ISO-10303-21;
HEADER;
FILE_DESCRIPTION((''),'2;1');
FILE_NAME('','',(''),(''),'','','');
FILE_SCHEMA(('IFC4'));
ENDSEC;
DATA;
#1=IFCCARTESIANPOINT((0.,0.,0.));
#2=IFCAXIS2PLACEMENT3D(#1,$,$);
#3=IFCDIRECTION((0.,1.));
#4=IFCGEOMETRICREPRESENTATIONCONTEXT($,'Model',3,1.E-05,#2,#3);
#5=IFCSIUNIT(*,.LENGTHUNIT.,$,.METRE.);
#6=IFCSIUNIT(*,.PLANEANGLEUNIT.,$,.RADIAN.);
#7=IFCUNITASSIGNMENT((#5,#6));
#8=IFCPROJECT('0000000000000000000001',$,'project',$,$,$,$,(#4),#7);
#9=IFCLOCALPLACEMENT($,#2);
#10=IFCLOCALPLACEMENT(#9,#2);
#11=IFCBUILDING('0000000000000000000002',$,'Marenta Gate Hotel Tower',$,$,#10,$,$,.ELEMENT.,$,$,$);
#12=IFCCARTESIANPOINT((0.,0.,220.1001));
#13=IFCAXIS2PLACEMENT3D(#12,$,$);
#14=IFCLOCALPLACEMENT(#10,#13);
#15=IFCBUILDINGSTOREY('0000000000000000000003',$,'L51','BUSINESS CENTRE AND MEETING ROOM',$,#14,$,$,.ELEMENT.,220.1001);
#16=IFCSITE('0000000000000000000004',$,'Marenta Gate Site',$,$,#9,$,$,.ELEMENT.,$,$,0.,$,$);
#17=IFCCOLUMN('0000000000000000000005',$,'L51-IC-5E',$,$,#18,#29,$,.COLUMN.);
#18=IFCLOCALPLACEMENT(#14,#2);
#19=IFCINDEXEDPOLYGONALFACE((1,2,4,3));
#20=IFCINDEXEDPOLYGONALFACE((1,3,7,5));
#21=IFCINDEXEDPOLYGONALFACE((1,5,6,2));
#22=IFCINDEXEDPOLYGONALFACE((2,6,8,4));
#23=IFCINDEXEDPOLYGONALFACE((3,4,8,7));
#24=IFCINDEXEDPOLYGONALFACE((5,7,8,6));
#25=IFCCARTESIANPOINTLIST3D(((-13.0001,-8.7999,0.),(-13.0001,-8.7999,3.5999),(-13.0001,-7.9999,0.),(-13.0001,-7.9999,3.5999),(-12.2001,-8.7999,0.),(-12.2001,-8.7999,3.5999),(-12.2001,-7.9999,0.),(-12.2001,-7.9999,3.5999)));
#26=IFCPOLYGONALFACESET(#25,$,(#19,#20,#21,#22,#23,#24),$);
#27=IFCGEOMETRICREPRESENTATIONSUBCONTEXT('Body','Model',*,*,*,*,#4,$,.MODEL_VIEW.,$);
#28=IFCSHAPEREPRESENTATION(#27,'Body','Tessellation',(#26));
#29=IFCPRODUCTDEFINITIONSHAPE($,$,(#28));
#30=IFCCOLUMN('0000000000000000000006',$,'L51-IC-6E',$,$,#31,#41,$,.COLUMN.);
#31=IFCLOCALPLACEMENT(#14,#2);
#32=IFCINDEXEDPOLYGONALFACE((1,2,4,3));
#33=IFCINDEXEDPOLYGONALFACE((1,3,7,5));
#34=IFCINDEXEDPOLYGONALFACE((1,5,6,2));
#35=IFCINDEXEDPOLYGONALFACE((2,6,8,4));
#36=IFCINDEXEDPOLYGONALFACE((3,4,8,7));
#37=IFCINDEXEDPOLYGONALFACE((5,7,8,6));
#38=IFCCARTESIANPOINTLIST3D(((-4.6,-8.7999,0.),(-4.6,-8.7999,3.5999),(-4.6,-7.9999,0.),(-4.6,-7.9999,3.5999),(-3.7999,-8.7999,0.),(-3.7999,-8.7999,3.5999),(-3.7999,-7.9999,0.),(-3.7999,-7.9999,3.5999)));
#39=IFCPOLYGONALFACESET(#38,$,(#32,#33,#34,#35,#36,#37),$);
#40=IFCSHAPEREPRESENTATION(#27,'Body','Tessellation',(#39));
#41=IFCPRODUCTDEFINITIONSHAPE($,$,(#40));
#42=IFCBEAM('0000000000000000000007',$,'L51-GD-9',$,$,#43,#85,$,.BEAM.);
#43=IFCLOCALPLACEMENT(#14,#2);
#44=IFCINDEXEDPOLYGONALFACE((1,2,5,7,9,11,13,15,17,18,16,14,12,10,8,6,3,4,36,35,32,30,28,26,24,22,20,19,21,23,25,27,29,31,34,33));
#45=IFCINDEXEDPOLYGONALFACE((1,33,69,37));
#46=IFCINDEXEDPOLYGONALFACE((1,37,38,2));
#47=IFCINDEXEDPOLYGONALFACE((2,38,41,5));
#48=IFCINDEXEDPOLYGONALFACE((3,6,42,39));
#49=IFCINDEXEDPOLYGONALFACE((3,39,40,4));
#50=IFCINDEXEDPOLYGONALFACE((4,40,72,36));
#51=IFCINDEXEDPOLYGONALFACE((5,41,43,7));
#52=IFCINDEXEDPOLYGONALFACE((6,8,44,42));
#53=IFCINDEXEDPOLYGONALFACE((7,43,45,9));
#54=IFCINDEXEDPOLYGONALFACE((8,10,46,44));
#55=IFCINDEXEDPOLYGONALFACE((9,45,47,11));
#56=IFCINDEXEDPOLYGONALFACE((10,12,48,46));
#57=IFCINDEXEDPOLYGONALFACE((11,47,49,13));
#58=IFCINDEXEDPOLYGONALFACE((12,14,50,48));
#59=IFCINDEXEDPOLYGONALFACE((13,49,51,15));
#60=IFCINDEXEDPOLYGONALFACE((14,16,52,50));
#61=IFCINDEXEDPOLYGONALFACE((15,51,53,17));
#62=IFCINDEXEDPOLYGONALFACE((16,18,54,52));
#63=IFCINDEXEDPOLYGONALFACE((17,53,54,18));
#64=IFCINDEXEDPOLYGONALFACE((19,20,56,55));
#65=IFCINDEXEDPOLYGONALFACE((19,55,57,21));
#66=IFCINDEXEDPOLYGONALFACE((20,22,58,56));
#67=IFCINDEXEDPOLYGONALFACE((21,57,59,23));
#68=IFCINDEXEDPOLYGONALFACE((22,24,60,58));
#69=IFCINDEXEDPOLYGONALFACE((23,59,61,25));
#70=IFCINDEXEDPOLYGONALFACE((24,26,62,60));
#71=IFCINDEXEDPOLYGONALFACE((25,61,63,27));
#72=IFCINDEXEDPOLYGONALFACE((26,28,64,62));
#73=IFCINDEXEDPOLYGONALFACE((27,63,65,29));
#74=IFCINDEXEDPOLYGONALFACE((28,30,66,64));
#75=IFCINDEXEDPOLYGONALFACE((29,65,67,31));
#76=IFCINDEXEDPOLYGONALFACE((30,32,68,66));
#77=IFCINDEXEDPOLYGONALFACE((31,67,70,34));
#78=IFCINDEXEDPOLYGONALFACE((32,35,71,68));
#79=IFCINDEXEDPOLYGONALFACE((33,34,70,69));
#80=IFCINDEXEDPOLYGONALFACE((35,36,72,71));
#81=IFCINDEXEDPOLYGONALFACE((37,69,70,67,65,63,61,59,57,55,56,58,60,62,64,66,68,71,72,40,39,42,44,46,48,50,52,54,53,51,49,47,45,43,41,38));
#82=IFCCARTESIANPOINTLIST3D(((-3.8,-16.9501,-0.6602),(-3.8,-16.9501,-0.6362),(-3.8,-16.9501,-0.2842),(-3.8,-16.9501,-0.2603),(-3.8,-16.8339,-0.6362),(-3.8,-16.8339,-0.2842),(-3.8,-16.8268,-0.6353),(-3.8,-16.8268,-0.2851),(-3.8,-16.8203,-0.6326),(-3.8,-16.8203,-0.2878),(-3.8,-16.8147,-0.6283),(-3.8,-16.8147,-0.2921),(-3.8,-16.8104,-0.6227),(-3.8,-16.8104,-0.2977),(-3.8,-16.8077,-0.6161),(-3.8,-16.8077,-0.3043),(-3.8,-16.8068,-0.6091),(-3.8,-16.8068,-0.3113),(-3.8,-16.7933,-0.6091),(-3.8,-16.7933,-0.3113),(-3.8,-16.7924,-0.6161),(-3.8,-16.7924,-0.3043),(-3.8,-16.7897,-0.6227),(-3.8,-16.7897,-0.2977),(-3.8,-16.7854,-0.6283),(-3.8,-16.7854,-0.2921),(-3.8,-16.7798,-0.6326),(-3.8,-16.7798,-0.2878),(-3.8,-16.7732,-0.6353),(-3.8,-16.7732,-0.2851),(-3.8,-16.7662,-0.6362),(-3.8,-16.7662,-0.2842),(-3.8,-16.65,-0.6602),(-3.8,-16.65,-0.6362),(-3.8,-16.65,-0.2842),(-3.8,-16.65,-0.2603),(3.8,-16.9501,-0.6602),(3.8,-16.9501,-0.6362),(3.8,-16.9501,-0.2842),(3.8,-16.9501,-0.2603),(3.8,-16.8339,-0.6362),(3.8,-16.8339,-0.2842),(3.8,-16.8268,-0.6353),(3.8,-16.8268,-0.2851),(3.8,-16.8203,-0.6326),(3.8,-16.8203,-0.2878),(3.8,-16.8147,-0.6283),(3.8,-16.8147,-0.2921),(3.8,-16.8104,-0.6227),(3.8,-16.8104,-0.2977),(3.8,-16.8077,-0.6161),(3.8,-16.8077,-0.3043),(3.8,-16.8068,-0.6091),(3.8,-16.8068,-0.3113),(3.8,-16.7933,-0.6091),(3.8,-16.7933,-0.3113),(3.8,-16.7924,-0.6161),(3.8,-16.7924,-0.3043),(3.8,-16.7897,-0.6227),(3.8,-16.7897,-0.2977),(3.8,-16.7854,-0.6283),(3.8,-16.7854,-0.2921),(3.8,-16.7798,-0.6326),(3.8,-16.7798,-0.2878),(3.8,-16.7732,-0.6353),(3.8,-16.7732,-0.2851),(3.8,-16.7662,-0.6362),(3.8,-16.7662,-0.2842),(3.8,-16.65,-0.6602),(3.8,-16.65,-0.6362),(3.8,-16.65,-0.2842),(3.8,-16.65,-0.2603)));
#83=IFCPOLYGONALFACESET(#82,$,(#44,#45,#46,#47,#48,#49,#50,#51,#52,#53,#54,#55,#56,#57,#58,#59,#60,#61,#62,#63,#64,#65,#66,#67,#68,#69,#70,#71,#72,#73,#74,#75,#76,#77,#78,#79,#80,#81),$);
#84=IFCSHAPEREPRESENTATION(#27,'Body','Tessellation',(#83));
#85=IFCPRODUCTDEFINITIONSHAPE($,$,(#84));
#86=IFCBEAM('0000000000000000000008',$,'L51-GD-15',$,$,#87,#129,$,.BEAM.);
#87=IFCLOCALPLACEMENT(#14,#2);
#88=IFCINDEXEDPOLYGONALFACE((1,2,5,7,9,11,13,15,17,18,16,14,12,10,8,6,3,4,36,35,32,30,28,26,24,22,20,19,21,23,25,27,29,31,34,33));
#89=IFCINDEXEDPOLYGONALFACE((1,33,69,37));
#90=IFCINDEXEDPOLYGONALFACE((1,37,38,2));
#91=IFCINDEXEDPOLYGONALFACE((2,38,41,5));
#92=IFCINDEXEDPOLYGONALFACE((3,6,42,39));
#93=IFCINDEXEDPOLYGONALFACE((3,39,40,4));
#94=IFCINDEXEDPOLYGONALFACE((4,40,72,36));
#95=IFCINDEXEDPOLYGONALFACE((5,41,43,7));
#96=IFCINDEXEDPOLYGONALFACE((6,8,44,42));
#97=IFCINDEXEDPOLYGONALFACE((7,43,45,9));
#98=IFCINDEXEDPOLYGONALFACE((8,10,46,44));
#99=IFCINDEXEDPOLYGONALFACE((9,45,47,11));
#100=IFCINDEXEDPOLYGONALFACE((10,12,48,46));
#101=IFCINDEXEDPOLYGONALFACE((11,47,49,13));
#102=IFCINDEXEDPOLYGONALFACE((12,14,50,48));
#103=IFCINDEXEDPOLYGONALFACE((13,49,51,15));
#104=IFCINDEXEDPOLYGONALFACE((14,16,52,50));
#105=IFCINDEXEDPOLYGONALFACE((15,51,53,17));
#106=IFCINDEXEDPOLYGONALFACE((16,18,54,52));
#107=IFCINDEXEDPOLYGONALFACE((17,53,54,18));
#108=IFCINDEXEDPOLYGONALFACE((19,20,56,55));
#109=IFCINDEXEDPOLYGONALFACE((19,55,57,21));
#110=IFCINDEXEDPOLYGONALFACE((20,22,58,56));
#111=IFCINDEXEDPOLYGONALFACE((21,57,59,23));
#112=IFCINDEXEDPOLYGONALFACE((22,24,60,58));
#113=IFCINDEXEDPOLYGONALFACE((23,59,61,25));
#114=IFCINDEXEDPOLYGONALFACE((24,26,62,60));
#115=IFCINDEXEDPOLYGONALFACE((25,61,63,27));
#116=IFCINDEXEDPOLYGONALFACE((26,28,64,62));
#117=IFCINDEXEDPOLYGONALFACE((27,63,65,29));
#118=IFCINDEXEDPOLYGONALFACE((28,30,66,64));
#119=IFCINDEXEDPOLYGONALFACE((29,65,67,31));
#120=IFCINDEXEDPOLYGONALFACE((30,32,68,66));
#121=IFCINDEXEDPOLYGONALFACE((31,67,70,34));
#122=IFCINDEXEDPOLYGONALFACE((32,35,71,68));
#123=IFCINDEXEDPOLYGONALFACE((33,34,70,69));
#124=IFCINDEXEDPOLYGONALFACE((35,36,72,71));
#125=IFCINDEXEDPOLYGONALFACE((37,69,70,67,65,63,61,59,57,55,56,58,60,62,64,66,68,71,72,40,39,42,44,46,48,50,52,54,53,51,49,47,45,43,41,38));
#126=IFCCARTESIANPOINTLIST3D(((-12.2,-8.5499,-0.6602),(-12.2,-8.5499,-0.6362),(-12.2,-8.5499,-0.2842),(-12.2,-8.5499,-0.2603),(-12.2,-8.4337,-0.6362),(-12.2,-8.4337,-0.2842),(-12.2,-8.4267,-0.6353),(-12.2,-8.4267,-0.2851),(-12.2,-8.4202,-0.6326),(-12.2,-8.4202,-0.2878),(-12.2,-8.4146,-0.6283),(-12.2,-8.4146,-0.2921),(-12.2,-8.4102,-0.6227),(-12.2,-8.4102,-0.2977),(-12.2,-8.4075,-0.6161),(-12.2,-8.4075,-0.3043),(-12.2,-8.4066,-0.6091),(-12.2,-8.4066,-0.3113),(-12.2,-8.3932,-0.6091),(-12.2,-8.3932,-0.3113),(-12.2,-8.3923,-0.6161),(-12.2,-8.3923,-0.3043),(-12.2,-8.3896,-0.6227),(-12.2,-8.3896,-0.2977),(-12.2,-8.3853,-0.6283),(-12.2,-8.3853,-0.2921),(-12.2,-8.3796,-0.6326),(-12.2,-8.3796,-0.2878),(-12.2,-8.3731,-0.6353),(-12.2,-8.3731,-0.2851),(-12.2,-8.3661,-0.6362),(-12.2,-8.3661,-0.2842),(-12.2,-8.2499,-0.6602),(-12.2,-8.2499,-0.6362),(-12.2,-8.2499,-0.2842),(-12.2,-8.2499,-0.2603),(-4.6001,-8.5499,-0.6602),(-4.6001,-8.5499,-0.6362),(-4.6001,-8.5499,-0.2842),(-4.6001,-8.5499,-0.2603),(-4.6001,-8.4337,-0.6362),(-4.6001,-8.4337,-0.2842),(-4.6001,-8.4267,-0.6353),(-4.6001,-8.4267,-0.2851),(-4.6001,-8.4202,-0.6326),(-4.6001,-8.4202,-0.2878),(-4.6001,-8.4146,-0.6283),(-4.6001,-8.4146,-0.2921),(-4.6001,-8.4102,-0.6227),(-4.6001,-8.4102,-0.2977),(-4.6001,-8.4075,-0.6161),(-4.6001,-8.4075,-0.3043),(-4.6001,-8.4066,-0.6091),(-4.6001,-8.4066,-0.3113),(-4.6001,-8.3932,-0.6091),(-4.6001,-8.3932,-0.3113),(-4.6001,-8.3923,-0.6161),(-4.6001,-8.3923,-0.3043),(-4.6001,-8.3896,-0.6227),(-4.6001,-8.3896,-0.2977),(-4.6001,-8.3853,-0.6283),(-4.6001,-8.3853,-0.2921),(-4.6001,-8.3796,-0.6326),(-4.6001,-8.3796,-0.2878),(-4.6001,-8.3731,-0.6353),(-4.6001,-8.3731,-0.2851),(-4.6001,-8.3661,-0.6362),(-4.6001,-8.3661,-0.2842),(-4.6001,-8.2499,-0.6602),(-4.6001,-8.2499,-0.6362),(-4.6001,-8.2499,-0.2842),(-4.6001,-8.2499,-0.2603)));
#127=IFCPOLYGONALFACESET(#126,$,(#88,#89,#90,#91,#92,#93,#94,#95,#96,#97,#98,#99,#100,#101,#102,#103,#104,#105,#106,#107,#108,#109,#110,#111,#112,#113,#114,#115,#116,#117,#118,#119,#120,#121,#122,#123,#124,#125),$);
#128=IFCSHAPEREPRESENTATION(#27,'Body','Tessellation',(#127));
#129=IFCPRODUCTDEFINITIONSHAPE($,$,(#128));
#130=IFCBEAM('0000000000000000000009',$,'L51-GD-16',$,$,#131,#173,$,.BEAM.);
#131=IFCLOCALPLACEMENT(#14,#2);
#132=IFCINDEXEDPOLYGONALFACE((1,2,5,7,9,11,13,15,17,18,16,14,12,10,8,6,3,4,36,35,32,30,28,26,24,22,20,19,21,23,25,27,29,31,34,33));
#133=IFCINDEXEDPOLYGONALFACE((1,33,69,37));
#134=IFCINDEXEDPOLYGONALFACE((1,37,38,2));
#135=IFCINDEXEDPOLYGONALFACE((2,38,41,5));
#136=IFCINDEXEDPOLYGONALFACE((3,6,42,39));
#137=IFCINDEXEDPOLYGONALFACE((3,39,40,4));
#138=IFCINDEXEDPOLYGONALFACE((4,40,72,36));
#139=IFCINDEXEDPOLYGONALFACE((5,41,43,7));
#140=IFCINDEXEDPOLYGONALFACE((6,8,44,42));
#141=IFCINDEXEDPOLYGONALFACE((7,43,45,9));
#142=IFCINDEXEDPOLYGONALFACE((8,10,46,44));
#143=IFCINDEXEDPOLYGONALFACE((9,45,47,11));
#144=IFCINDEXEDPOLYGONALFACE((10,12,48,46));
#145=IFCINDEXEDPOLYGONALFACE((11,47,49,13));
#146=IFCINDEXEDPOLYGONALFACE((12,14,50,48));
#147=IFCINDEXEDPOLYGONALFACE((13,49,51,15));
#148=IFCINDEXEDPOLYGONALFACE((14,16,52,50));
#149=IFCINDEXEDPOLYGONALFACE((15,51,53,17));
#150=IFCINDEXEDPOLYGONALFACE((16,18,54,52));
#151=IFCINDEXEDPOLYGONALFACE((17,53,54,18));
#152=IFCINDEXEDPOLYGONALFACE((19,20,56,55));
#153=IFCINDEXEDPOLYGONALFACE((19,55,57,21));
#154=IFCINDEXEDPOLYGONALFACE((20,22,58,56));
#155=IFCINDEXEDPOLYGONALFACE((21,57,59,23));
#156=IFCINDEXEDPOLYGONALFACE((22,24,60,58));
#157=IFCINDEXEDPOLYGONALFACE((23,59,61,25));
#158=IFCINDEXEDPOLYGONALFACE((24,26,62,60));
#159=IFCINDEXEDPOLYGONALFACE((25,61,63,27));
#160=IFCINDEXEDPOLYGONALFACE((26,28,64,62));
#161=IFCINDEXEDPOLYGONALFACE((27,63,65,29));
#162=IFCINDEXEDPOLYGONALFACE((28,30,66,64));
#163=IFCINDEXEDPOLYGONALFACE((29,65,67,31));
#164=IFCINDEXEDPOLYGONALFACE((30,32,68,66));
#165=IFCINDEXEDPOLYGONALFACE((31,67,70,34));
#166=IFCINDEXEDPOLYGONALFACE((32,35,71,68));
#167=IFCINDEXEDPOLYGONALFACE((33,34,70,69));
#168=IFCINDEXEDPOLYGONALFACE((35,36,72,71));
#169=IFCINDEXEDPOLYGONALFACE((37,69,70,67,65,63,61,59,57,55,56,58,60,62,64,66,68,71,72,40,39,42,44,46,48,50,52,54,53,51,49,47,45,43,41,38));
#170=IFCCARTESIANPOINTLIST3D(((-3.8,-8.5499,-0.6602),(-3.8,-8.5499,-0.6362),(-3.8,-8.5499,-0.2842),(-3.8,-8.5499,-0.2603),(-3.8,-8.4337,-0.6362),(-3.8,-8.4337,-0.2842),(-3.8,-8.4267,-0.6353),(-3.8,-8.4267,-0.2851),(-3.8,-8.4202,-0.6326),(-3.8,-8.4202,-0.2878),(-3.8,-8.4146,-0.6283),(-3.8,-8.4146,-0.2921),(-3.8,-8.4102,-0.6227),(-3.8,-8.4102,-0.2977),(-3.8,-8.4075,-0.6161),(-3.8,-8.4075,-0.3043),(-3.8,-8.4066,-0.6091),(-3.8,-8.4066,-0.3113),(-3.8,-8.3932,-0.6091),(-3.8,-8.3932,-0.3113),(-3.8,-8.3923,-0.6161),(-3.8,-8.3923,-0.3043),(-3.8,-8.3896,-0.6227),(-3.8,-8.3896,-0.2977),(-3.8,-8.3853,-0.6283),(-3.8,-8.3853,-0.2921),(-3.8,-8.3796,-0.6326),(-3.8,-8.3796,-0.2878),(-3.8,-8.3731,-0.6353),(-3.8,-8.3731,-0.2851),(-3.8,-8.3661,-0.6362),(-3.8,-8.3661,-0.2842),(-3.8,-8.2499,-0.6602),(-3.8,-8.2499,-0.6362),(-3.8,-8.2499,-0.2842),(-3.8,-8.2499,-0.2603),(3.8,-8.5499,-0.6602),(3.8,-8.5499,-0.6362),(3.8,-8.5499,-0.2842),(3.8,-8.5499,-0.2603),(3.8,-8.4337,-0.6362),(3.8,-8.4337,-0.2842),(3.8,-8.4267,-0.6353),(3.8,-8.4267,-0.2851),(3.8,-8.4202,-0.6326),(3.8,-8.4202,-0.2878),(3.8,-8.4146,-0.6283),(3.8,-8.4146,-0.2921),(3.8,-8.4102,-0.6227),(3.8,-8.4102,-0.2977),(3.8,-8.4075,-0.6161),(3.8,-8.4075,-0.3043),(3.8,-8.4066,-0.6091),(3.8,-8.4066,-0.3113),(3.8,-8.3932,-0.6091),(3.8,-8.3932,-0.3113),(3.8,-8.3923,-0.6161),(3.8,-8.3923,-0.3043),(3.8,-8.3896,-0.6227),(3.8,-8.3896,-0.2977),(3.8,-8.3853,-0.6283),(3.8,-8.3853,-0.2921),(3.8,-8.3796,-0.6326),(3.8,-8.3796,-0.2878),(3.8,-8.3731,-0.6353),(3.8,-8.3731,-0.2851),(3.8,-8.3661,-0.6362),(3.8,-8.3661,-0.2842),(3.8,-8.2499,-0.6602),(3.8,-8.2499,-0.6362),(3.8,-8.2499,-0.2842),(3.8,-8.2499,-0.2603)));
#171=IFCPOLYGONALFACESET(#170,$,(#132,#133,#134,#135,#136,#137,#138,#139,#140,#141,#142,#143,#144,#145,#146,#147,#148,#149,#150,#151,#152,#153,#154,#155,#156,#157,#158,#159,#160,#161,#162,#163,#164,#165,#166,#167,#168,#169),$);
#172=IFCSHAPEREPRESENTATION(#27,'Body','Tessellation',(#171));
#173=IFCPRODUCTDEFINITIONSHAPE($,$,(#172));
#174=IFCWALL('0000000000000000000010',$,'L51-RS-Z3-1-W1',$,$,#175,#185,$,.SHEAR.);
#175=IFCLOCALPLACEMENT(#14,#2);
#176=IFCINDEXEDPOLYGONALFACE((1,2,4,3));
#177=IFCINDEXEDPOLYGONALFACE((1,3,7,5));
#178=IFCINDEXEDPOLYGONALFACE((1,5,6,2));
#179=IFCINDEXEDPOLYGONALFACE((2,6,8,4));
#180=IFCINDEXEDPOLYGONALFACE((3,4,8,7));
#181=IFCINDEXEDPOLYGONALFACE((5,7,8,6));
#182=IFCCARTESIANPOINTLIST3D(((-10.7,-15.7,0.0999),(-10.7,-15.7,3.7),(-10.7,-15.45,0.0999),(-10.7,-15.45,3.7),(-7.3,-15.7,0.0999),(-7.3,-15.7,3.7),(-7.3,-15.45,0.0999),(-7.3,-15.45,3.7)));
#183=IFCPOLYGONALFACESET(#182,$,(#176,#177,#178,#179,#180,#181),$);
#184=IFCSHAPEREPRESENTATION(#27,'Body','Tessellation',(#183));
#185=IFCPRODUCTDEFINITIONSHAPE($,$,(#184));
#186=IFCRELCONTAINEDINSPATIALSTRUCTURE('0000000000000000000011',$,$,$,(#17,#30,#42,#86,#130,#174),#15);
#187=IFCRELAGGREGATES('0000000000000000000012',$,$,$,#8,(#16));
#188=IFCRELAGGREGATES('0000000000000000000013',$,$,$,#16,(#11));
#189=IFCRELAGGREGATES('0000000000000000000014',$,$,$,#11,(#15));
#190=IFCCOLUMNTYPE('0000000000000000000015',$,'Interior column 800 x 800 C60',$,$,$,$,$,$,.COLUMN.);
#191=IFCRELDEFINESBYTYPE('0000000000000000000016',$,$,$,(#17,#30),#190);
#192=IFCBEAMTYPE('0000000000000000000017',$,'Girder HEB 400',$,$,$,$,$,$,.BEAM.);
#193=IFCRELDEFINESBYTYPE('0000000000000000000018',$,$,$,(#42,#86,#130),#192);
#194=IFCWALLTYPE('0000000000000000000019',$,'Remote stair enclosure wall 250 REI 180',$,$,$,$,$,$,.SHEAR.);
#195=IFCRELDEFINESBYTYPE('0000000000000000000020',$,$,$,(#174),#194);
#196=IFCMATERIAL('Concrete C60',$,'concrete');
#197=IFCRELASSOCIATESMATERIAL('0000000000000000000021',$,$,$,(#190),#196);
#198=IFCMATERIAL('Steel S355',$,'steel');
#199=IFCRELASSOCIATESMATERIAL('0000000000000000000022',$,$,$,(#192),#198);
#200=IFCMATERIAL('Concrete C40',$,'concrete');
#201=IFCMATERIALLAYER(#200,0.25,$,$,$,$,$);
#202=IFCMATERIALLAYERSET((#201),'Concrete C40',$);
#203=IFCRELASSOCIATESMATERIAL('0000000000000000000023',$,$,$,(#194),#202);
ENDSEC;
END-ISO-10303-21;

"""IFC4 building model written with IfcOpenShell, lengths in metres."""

from ifc_helpers import new_model, si_unit, direction, frame, frame_2d, origin, origin_2d, place, context, subcontext, project, spatial, rectangle, i_section, extrude, material, layer, layer_set, material_profile, profile_set, type_object, element, save


model = new_model("IFC4")

# Units and contexts
model_context = context("Model", 3, precision=1e-05, world=origin(), true_north=direction((0.0, 1.0)))
body_context = subcontext(model_context, "Body", "Model", "MODEL_VIEW")
ifc_project = project(units=[si_unit("LENGTHUNIT", "METRE"), si_unit("PLANEANGLEUNIT", "RADIAN")], contexts=[model_context])

# Site, building, storey
site_placement = place(None, origin())
site = spatial("IfcSite", under=ifc_project, at=site_placement, Name="Marenta Gate Site", CompositionType="ELEMENT", RefElevation=0.0)
building_placement = place(site_placement, origin())
building = spatial("IfcBuilding", under=site, at=building_placement, Name="Marenta Gate Hotel Tower", CompositionType="ELEMENT")
storey_placement = place(building_placement, frame((0.0, 0.0, 220.1001)))
storey = spatial("IfcBuildingStorey", under=building, at=storey_placement, Name="L51", Description="BUSINESS CENTRE AND MEETING ROOM", CompositionType="ELEMENT", Elevation=220.1001)

# Columns
ifc_material_1 = material(Name="Concrete C60", Category="concrete")
ifc_material_profile_1 = material_profile(ifc_material_1, rectangle(XDim=0.8, YDim=0.8, at=origin_2d()), Name="800 x 800")
ifc_profile_set_1 = profile_set([ifc_material_profile_1], Name="Concrete C60")
column_type = type_object("IfcColumnType", Name="Interior column 800 x 800 C60", PredefinedType="COLUMN", material=ifc_profile_set_1)
for number, where, z_axis, x_axis, name in (
    (1, (-12.6001, -8.3999, 0.0), (0.0, 0.0, 1.0), (1.0, 0.0, 0.0), "L51-IC-5E"),
    (2, (-4.2, -8.3999, 0.0), (0.0, 0.0, 1.0), (1.0, 0.0, 0.0), "L51-IC-6E"),
):
    element("IfcColumn", number, at=place(storey_placement, frame(where, z_axis=z_axis, x_axis=x_axis)), inside=storey, type_object=column_type, Name=name, PredefinedType="COLUMN", context=body_context, shape_type="SweptSolid", body=[
        extrude(rectangle(XDim=0.8, YDim=0.8, at=origin_2d()), origin(), (0.0, 0.0, 1.0), 3.5999),
    ])

# Beams
ifc_material_2 = material(Name="Steel S355", Category="steel")
ifc_material_profile_2 = material_profile(ifc_material_2, i_section(OverallWidth=0.3, OverallDepth=0.3999, WebThickness=0.0134, FlangeThickness=0.0239, FilletRadius=0.0271, at=origin_2d()), Name="HEB 400")
ifc_profile_set_2 = profile_set([ifc_material_profile_2], Name="Steel S355")
beam_type = type_object("IfcBeamType", Name="Girder HEB 400", PredefinedType="BEAM", material=ifc_profile_set_2)
beam_1_placement = place(storey_placement, frame((-3.8, -16.8, -0.4602), z_axis=(1.0, 0.0, 0.0), x_axis=(0.0, 1.0, 0.0)))
element("IfcBeam", 3, at=beam_1_placement, inside=storey, type_object=beam_type, Name="L51-GD-9", PredefinedType="BEAM", context=body_context, shape_type="SweptSolid", body=[
    extrude(i_section(OverallWidth=0.3, OverallDepth=0.3999, WebThickness=0.0134, FlangeThickness=0.0239, FilletRadius=0.0271, at=origin_2d()), origin(), (0.0, 0.0, 1.0), 7.6001),
])
beam_2_placement = place(storey_placement, frame((-12.2, -8.3999, -0.4602), z_axis=(1.0, 0.0, 0.0), x_axis=(0.0, 1.0, 0.0)))
element("IfcBeam", 4, at=beam_2_placement, inside=storey, type_object=beam_type, Name="L51-GD-15", PredefinedType="BEAM", context=body_context, shape_type="SweptSolid", body=[
    extrude(i_section(OverallWidth=0.3, OverallDepth=0.3999, WebThickness=0.0134, FlangeThickness=0.0239, FilletRadius=0.0271, at=origin_2d()), origin(), (0.0, 0.0, 1.0), 7.5999),
])
beam_3_placement = place(storey_placement, frame((-3.8, -8.3999, -0.4602), z_axis=(1.0, 0.0, 0.0), x_axis=(0.0, 1.0, 0.0)))
element("IfcBeam", 5, at=beam_3_placement, inside=storey, type_object=beam_type, Name="L51-GD-16", PredefinedType="BEAM", context=body_context, shape_type="SweptSolid", body=[
    extrude(i_section(OverallWidth=0.3, OverallDepth=0.3999, WebThickness=0.0134, FlangeThickness=0.0239, FilletRadius=0.0271, at=origin_2d()), origin(), (0.0, 0.0, 1.0), 7.6001),
])

# Wall
ifc_material_3 = material(Name="Concrete C40", Category="concrete")
ifc_layer_1 = layer(ifc_material_3, 0.25)
ifc_layer_set_1 = layer_set([ifc_layer_1], Name="Concrete C40")
wall_type_1 = type_object("IfcWallType", Name="Remote stair enclosure wall 250 REI 180", PredefinedType="SHEAR", material=ifc_layer_set_1)
wall_1_placement = place(storey_placement, frame((-10.7, -15.575, 0.0999), z_axis=(0.0, 0.0, 1.0), x_axis=(1.0, 0.0, 0.0)))
element("IfcWall", 6, at=wall_1_placement, inside=storey, type_object=wall_type_1, Name="L51-RS-Z3-1-W1", PredefinedType="SHEAR", context=body_context, shape_type="SweptSolid", body=[
    extrude(rectangle(XDim=3.3999, YDim=0.25, at=frame_2d((1.7, 0.0))), origin(), (0.0, 0.0, 1.0), 3.6001),
])

save(model, "model.ifc")
